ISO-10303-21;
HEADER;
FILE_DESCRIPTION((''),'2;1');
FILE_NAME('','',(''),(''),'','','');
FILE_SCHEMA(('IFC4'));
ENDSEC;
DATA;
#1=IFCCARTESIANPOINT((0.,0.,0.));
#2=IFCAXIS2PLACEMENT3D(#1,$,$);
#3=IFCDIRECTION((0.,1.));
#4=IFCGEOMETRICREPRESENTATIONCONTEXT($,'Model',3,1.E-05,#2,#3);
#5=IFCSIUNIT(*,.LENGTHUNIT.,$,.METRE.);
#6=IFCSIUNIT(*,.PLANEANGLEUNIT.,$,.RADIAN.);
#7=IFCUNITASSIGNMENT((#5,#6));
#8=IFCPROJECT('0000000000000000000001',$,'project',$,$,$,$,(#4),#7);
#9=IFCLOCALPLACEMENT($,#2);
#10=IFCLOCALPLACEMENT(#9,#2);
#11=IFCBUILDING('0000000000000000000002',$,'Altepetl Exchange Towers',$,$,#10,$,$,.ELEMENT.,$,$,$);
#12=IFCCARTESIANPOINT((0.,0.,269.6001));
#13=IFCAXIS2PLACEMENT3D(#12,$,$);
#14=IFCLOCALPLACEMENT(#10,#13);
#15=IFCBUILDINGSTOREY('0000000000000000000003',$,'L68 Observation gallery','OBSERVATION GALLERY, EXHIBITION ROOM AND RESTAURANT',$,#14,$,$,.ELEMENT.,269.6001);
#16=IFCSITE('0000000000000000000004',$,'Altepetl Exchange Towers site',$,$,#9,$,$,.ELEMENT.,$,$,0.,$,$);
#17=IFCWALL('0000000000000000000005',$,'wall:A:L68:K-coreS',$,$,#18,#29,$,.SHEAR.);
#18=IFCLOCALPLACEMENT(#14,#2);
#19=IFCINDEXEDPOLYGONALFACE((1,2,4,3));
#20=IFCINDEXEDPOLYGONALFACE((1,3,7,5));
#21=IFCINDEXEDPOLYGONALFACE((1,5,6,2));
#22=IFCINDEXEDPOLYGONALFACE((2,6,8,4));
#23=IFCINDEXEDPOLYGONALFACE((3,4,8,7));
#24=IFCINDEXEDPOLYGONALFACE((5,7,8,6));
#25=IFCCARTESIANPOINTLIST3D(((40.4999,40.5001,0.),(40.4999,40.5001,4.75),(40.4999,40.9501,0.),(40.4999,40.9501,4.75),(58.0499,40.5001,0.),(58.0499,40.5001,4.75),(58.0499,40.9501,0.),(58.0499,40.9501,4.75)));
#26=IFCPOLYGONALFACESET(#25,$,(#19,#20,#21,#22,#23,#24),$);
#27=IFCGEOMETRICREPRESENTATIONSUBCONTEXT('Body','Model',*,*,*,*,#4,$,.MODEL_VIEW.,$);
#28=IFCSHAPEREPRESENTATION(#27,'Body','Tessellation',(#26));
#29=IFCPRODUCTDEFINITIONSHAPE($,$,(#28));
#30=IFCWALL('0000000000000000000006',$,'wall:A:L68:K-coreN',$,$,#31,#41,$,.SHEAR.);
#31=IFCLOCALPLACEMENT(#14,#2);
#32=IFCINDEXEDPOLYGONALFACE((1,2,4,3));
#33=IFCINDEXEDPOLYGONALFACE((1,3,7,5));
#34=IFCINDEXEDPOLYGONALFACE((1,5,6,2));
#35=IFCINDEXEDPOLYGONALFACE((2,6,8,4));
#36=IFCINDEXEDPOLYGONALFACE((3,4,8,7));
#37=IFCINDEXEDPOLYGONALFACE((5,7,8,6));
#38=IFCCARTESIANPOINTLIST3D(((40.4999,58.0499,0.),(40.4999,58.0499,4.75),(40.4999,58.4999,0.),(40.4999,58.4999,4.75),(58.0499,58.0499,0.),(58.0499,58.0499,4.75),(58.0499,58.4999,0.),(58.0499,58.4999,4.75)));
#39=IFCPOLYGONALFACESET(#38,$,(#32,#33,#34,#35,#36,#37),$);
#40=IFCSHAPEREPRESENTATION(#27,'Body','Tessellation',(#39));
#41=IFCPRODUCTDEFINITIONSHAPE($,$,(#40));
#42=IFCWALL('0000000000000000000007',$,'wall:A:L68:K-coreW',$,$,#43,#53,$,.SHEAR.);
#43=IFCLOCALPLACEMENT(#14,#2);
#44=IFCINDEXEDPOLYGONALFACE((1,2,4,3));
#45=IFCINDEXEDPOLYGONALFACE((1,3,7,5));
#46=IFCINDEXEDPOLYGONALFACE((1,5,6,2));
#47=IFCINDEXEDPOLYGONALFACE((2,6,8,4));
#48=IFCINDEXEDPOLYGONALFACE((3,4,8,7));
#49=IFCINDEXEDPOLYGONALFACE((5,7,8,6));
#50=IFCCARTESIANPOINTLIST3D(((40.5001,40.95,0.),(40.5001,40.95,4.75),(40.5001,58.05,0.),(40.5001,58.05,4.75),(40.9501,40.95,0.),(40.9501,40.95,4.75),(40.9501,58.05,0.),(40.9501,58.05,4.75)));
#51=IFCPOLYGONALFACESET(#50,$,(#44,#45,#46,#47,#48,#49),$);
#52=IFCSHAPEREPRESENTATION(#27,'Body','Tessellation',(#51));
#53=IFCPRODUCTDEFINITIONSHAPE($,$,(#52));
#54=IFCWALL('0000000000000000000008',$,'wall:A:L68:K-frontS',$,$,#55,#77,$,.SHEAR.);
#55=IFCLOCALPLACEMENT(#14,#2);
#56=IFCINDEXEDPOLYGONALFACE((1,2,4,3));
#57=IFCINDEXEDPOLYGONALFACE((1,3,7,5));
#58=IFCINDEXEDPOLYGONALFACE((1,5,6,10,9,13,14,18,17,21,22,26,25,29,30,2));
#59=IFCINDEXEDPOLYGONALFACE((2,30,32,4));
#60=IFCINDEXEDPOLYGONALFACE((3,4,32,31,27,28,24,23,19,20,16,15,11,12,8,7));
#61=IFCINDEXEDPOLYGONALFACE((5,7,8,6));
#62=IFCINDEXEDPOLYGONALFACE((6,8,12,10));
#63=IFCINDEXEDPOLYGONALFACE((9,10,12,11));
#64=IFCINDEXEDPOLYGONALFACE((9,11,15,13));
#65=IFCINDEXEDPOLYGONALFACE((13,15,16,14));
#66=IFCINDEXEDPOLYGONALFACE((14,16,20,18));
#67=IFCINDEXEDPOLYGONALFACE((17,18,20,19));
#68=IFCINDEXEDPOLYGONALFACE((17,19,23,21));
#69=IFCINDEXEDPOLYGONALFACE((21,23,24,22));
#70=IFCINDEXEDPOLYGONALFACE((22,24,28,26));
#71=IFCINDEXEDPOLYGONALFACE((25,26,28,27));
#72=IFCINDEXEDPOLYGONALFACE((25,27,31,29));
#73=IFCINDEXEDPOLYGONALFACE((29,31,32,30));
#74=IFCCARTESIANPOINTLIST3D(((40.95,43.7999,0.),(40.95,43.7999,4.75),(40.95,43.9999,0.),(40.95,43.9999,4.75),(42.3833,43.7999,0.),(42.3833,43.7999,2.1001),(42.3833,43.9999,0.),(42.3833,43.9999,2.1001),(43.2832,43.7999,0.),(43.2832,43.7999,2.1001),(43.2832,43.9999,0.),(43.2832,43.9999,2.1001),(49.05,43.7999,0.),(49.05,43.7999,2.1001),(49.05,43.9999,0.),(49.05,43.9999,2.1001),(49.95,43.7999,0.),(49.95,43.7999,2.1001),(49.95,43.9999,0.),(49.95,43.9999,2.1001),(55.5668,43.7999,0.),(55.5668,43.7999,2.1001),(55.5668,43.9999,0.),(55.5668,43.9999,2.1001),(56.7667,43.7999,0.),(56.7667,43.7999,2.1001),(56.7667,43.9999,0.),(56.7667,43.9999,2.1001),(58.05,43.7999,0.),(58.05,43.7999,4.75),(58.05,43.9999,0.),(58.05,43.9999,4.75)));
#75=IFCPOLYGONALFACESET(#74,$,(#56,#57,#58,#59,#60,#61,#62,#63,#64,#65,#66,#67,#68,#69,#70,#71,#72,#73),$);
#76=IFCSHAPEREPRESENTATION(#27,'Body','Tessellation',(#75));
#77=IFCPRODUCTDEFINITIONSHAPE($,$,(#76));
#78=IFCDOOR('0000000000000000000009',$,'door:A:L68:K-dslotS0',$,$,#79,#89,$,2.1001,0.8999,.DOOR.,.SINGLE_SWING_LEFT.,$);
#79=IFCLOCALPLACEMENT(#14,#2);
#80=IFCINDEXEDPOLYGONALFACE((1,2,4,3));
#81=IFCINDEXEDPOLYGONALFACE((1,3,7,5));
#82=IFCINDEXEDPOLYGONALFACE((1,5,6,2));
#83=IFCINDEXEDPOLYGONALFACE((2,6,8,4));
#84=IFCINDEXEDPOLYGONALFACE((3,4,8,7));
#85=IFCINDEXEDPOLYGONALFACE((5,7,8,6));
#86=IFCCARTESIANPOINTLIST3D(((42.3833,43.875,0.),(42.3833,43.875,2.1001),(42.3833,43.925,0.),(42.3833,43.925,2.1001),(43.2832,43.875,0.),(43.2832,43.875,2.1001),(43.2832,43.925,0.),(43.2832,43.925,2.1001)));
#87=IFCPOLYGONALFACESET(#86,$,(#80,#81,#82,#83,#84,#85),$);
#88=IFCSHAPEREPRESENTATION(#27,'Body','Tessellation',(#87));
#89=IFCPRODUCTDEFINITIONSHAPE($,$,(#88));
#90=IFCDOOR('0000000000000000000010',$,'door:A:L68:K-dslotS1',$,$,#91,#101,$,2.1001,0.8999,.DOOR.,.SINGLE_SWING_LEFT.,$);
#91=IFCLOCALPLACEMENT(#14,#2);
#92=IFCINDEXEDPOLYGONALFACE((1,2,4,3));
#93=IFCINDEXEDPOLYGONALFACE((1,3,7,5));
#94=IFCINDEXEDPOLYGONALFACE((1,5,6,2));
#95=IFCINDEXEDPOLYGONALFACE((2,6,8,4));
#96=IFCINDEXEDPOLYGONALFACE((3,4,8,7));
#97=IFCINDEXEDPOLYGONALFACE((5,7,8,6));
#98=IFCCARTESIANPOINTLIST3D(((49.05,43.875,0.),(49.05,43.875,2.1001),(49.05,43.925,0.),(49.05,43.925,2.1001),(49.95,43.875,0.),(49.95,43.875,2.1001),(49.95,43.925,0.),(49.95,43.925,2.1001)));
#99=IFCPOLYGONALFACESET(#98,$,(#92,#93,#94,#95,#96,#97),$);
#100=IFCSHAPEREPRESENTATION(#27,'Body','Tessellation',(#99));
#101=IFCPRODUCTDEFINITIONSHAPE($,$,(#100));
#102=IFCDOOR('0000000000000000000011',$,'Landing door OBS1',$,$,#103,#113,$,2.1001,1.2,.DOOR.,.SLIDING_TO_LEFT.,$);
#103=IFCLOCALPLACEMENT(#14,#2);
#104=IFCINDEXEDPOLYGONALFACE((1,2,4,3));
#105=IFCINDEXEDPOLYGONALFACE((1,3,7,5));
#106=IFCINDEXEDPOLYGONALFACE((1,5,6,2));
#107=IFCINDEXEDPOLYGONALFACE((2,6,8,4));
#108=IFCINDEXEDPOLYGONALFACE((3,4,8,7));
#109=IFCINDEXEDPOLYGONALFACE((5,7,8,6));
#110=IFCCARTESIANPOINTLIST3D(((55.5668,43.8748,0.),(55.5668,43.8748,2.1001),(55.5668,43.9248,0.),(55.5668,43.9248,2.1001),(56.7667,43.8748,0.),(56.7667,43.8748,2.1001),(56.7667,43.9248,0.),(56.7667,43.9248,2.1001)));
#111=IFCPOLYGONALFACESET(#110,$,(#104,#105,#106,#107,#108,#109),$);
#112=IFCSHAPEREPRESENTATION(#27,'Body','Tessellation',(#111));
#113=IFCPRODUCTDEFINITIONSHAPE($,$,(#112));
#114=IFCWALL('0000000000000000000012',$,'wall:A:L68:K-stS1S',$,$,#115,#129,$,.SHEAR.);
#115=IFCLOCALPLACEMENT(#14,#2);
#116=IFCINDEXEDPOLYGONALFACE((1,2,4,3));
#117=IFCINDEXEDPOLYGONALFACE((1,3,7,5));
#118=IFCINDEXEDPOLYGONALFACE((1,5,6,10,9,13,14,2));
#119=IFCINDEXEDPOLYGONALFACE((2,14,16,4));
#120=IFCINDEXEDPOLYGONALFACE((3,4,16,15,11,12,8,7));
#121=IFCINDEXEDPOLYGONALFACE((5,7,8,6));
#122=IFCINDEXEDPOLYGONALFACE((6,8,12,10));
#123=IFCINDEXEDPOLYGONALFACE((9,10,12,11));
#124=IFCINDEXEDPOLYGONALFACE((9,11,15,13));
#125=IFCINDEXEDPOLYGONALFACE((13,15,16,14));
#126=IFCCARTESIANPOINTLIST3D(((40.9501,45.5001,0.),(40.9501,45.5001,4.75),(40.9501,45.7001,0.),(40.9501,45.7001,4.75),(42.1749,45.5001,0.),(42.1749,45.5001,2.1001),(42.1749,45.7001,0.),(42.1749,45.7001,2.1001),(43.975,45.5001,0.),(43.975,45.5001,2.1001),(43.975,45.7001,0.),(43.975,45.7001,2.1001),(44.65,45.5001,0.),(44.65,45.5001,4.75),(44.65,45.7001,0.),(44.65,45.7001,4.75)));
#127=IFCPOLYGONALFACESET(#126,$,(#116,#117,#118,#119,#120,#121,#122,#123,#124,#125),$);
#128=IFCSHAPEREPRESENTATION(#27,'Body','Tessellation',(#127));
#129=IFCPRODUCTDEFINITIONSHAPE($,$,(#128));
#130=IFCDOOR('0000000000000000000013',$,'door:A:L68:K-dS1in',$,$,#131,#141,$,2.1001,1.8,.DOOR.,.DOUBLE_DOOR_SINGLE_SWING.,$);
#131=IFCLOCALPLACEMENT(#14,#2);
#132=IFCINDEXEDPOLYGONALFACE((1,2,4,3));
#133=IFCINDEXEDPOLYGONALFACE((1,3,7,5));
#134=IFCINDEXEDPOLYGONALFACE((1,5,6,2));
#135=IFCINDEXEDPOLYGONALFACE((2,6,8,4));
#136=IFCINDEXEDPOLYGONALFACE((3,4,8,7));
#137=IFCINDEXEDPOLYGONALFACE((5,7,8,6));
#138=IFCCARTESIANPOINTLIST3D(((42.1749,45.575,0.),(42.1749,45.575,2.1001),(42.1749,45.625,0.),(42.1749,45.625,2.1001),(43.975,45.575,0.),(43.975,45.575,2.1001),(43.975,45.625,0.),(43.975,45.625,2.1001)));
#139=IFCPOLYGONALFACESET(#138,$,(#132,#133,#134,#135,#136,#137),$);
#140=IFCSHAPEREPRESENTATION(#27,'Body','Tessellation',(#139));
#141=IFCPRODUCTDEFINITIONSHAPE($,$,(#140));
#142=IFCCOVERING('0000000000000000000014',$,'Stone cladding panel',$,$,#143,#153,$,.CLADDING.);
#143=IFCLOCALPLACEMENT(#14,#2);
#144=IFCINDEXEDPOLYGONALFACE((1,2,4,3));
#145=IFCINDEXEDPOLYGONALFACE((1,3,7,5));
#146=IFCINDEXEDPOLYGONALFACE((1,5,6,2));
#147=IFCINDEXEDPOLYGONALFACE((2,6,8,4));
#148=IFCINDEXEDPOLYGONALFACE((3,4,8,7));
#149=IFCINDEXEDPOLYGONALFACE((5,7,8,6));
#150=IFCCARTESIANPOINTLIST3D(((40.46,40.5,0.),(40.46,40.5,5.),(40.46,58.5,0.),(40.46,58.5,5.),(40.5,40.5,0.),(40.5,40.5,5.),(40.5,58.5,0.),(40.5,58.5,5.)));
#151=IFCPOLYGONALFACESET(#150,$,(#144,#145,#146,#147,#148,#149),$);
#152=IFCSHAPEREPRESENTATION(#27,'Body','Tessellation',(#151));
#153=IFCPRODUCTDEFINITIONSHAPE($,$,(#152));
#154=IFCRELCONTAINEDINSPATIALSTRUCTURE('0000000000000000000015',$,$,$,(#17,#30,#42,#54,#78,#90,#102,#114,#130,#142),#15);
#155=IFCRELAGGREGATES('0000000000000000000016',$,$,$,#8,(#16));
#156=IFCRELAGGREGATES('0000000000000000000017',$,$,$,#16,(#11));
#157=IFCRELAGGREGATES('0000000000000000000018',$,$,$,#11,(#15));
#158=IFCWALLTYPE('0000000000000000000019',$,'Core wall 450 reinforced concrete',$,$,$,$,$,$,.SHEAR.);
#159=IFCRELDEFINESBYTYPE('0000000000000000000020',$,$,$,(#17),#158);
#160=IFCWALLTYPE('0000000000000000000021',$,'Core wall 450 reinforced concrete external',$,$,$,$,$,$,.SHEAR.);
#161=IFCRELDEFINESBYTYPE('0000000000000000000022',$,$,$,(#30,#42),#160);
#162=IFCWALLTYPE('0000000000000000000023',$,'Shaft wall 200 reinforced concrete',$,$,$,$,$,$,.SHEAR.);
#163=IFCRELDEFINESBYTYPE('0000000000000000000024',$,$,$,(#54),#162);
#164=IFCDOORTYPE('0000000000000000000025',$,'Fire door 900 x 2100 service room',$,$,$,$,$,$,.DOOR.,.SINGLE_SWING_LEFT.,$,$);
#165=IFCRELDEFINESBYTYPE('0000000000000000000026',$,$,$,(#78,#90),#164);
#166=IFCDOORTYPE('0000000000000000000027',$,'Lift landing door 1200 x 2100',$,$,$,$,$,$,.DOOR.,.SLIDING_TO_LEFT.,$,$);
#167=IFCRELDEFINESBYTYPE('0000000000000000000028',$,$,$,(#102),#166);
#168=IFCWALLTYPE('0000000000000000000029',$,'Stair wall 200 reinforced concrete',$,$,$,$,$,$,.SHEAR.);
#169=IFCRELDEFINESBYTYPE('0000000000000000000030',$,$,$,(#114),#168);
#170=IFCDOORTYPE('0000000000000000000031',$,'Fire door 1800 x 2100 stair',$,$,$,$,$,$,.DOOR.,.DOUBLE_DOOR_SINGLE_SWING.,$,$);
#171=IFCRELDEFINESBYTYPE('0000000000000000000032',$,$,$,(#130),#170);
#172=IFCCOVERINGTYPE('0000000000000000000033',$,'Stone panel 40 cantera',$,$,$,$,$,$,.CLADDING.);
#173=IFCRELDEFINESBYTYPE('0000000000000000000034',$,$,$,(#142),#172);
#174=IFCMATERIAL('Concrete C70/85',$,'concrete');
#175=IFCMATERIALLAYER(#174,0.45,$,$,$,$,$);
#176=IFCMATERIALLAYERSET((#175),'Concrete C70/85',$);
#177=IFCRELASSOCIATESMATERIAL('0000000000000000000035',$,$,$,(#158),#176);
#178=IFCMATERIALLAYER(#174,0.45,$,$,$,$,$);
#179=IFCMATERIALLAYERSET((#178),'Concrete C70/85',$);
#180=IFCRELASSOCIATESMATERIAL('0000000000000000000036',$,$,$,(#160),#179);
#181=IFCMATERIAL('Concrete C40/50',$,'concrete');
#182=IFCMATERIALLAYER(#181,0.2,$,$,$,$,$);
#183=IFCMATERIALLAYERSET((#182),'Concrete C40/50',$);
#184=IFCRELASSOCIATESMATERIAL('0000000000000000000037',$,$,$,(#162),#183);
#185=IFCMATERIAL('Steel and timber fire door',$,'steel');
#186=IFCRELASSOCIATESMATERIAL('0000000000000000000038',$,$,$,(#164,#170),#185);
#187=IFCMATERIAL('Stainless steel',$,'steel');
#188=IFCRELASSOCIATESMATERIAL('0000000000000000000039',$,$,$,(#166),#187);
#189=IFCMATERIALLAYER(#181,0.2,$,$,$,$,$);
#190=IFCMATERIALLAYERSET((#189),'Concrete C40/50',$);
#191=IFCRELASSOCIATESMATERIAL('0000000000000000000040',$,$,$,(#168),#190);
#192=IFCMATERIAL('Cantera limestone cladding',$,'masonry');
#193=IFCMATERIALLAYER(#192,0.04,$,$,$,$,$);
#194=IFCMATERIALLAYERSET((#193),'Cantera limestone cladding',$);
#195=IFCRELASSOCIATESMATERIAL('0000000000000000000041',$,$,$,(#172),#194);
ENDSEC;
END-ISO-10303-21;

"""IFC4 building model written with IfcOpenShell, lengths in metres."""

from ifc_helpers import new_model, si_unit, direction, frame, frame_2d, origin, origin_2d, place, context, subcontext, project, spatial, rectangle, extrude, material, layer, layer_set, type_object, element, fill, save


model = new_model("IFC4")

# Units and contexts
model_context = context("Model", 3, precision=1e-05, world=origin(), true_north=direction((0.0, 1.0)))
body_context = subcontext(model_context, "Body", "Model", "MODEL_VIEW")
ifc_project = project(units=[si_unit("LENGTHUNIT", "METRE"), si_unit("PLANEANGLEUNIT", "RADIAN")], contexts=[model_context])

# Site, building, storey
site_placement = place(None, origin())
site = spatial("IfcSite", under=ifc_project, at=site_placement, Name="Altepetl Exchange Towers site", CompositionType="ELEMENT", RefElevation=0.0)
building_placement = place(site_placement, origin())
building = spatial("IfcBuilding", under=site, at=building_placement, Name="Altepetl Exchange Towers", CompositionType="ELEMENT")
storey_placement = place(building_placement, frame((0.0, 0.0, 269.6001)))
storey = spatial("IfcBuildingStorey", under=building, at=storey_placement, Name="L68 Observation gallery", Description="OBSERVATION GALLERY, EXHIBITION ROOM AND RESTAURANT", CompositionType="ELEMENT", Elevation=269.6001)

# Walls
ifc_material_1 = material(Name="Concrete C70/85", Category="concrete")
ifc_layer_1 = layer(ifc_material_1, 0.45)
ifc_layer_set_1 = layer_set([ifc_layer_1], Name="Concrete C70/85")
wall_type_1 = type_object("IfcWallType", Name="Core wall 450 reinforced concrete", PredefinedType="SHEAR", material=ifc_layer_set_1)
wall_1_placement = place(storey_placement, frame((40.5, 40.7251, 0.0)))
element("IfcWall", 1, at=wall_1_placement, inside=storey, type_object=wall_type_1, Name="wall:A:L68:K-coreS", PredefinedType="SHEAR", context=body_context, shape_type="SweptSolid", body=[
    extrude(rectangle(XDim=17.55, YDim=0.45, at=frame_2d((8.7749, 0.0))), origin(), (0.0, 0.0, 1.0), 4.75),
])
ifc_layer_2 = layer(ifc_material_1, 0.45)
ifc_layer_set_2 = layer_set([ifc_layer_2], Name="Concrete C70/85")
wall_type_2 = type_object("IfcWallType", Name="Core wall 450 reinforced concrete external", PredefinedType="SHEAR", material=ifc_layer_set_2)
wall_2_placement = place(storey_placement, frame((40.5, 58.2749, 0.0)))
element("IfcWall", 2, at=wall_2_placement, inside=storey, type_object=wall_type_2, Name="wall:A:L68:K-coreN", PredefinedType="SHEAR", context=body_context, shape_type="SweptSolid", body=[
    extrude(rectangle(XDim=17.55, YDim=0.45, at=frame_2d((8.7749, 0.0))), origin(), (0.0, 0.0, 1.0), 4.75),
])
wall_3_placement = place(storey_placement, frame((40.7251, 40.95, 0.0), z_axis=(0.0, 0.0, 1.0), x_axis=(0.0, 1.0, 0.0)))
element("IfcWall", 3, at=wall_3_placement, inside=storey, type_object=wall_type_2, Name="wall:A:L68:K-coreW", PredefinedType="SHEAR", context=body_context, shape_type="SweptSolid", body=[
    extrude(rectangle(XDim=17.1001, YDim=0.45, at=frame_2d((8.55, 0.0))), origin(), (0.0, 0.0, 1.0), 4.75),
])

# Wall, openings, doors
ifc_material_2 = material(Name="Concrete C40/50", Category="concrete")
ifc_layer_3 = layer(ifc_material_2, 0.2)
ifc_layer_set_3 = layer_set([ifc_layer_3], Name="Concrete C40/50")
wall_type_3 = type_object("IfcWallType", Name="Shaft wall 200 reinforced concrete", PredefinedType="SHEAR", material=ifc_layer_set_3)
wall_4_placement = place(storey_placement, frame((40.95, 43.8999, 0.0)))
wall_4 = element("IfcWall", 4, at=wall_4_placement, inside=storey, type_object=wall_type_3, Name="wall:A:L68:K-frontS", PredefinedType="SHEAR", context=body_context, shape_type="SweptSolid", body=[
    extrude(rectangle(XDim=17.1001, YDim=0.2, at=frame_2d((8.55, 0.0))), origin(), (0.0, 0.0, 1.0), 4.75),
])
opening_1_placement = place(wall_4_placement, frame((1.4333, 0.0, 0.0)))
opening_1 = element("IfcOpeningElement", 5, at=opening_1_placement, cuts=wall_4, PredefinedType="OPENING", context=body_context, shape_type="SweptSolid", body=[
    extrude(rectangle(XDim=0.8999, YDim=2.1001, at=frame_2d((0.45, 1.05))), frame((0.0, 0.1099, 0.0), z_axis=(0.0, -1.0, 0.0), x_axis=(1.0, 0.0, 0.0)), (0.0, 0.0, 1.0), 0.22),
])
opening_2_placement = place(wall_4_placement, frame((8.1001, 0.0, 0.0)))
opening_2 = element("IfcOpeningElement", 6, at=opening_2_placement, cuts=wall_4, PredefinedType="OPENING", context=body_context, shape_type="SweptSolid", body=[
    extrude(rectangle(XDim=0.8999, YDim=2.1001, at=frame_2d((0.45, 1.05))), frame((0.0, 0.1099, 0.0), z_axis=(0.0, -1.0, 0.0), x_axis=(1.0, 0.0, 0.0)), (0.0, 0.0, 1.0), 0.22),
])
opening_3_placement = place(wall_4_placement, frame((14.6167, 0.0, 0.0)))
opening_3 = element("IfcOpeningElement", 7, at=opening_3_placement, cuts=wall_4, PredefinedType="OPENING", context=body_context, shape_type="SweptSolid", body=[
    extrude(rectangle(XDim=1.2, YDim=2.1001, at=frame_2d((0.6001, 1.05))), frame((0.0, 0.1099, 0.0), z_axis=(0.0, -1.0, 0.0), x_axis=(1.0, 0.0, 0.0)), (0.0, 0.0, 1.0), 0.22),
])
ifc_material_3 = material(Name="Steel and timber fire door", Category="steel")
door_type_1 = type_object("IfcDoorType", Name="Fire door 900 x 2100 service room", OperationType="SINGLE_SWING_LEFT", PredefinedType="DOOR", material=ifc_material_3)
door_1_placement = place(opening_1_placement, frame((0.8999, 0.0, 0.0), x_axis=(-1.0, 0.0, 0.0)))
door_1 = element("IfcDoor", 8, at=door_1_placement, inside=storey, type_object=door_type_1, Name="door:A:L68:K-dslotS0", OperationType="SINGLE_SWING_LEFT", OverallHeight=2.1001, OverallWidth=0.8999, PredefinedType="DOOR", context=body_context, shape_type="SweptSolid", body=[
    extrude(rectangle(XDim=0.8999, YDim=2.1001, at=frame_2d((0.45, 1.05))), frame((0.0, 0.0249, 0.0), z_axis=(0.0, -1.0, 0.0), x_axis=(1.0, 0.0, 0.0)), (0.0, 0.0, 1.0), 0.05),
])
fill(opening_1, door_1)
door_2_placement = place(opening_2_placement, frame((0.8999, 0.0, 0.0), x_axis=(-1.0, 0.0, 0.0)))
door_2 = element("IfcDoor", 9, at=door_2_placement, inside=storey, type_object=door_type_1, Name="door:A:L68:K-dslotS1", OperationType="SINGLE_SWING_LEFT", OverallHeight=2.1001, OverallWidth=0.8999, PredefinedType="DOOR", context=body_context, shape_type="SweptSolid", body=[
    extrude(rectangle(XDim=0.8999, YDim=2.1001, at=frame_2d((0.45, 1.05))), frame((0.0, 0.0249, 0.0), z_axis=(0.0, -1.0, 0.0), x_axis=(1.0, 0.0, 0.0)), (0.0, 0.0, 1.0), 0.05),
])
fill(opening_2, door_2)
ifc_material_4 = material(Name="Stainless steel", Category="steel")
door_type_2 = type_object("IfcDoorType", Name="Lift landing door 1200 x 2100", OperationType="SLIDING_TO_LEFT", PredefinedType="DOOR", material=ifc_material_4)
door_3_placement = place(opening_3_placement, origin())
door_3 = element("IfcDoor", 10, at=door_3_placement, inside=storey, type_object=door_type_2, Name="Landing door OBS1", OperationType="SLIDING_TO_LEFT", OverallHeight=2.1001, OverallWidth=1.2, PredefinedType="DOOR", context=body_context, shape_type="SweptSolid", body=[
    extrude(rectangle(XDim=1.2, YDim=2.1001, at=frame_2d((0.6001, 1.05))), frame((0.0, 0.0249, 0.0), z_axis=(0.0, -1.0, 0.0), x_axis=(1.0, 0.0, 0.0)), (0.0, 0.0, 1.0), 0.05),
])
fill(opening_3, door_3)

# Wall, opening, door
ifc_layer_4 = layer(ifc_material_2, 0.2)
ifc_layer_set_4 = layer_set([ifc_layer_4], Name="Concrete C40/50")
wall_type_4 = type_object("IfcWallType", Name="Stair wall 200 reinforced concrete", PredefinedType="SHEAR", material=ifc_layer_set_4)
wall_5_placement = place(storey_placement, frame((40.95, 45.6001, 0.0)))
wall_5 = element("IfcWall", 11, at=wall_5_placement, inside=storey, type_object=wall_type_4, Name="wall:A:L68:K-stS1S", PredefinedType="SHEAR", context=body_context, shape_type="SweptSolid", body=[
    extrude(rectangle(XDim=3.7, YDim=0.2, at=frame_2d((1.8501, 0.0))), origin(), (0.0, 0.0, 1.0), 4.75),
])
opening_4_placement = place(wall_5_placement, frame((1.2251, 0.0, 0.0)))
opening_4 = element("IfcOpeningElement", 12, at=opening_4_placement, cuts=wall_5, PredefinedType="OPENING", context=body_context, shape_type="SweptSolid", body=[
    extrude(rectangle(XDim=1.8, YDim=2.1001, at=frame_2d((0.8999, 1.05))), frame((0.0, 0.1099, 0.0), z_axis=(0.0, -1.0, 0.0), x_axis=(1.0, 0.0, 0.0)), (0.0, 0.0, 1.0), 0.22),
])
door_type_3 = type_object("IfcDoorType", Name="Fire door 1800 x 2100 stair", OperationType="DOUBLE_DOOR_SINGLE_SWING", PredefinedType="DOOR", material=ifc_material_3)
door_4_placement = place(opening_4_placement, origin())
door_4 = element("IfcDoor", 13, at=door_4_placement, inside=storey, type_object=door_type_3, Name="door:A:L68:K-dS1in", OperationType="DOUBLE_DOOR_SINGLE_SWING", OverallHeight=2.1001, OverallWidth=1.8, PredefinedType="DOOR", context=body_context, shape_type="SweptSolid", body=[
    extrude(rectangle(XDim=1.8, YDim=2.1001, at=frame_2d((0.8999, 1.05))), frame((0.0, 0.0249, 0.0), z_axis=(0.0, -1.0, 0.0), x_axis=(1.0, 0.0, 0.0)), (0.0, 0.0, 1.0), 0.05),
])
fill(opening_4, door_4)

# Covering
ifc_material_5 = material(Name="Cantera limestone cladding", Category="masonry")
ifc_layer_5 = layer(ifc_material_5, 0.04)
ifc_layer_set_5 = layer_set([ifc_layer_5], Name="Cantera limestone cladding")
covering_type = type_object("IfcCoveringType", Name="Stone panel 40 cantera", PredefinedType="CLADDING", material=ifc_layer_set_5)
covering_placement = place(storey_placement, frame((40.48, 49.5, 0.0), z_axis=(0.0, 0.0, 1.0), x_axis=(0.0, -1.0, 0.0)))
element("IfcCovering", 14, at=covering_placement, inside=storey, type_object=covering_type, Name="Stone cladding panel", PredefinedType="CLADDING", context=body_context, shape_type="SweptSolid", body=[
    extrude(rectangle(XDim=18.0, YDim=0.04, at=origin_2d()), origin(), (0.0, 0.0, 1.0), 5.0),
])

save(model, "model.ifc")
